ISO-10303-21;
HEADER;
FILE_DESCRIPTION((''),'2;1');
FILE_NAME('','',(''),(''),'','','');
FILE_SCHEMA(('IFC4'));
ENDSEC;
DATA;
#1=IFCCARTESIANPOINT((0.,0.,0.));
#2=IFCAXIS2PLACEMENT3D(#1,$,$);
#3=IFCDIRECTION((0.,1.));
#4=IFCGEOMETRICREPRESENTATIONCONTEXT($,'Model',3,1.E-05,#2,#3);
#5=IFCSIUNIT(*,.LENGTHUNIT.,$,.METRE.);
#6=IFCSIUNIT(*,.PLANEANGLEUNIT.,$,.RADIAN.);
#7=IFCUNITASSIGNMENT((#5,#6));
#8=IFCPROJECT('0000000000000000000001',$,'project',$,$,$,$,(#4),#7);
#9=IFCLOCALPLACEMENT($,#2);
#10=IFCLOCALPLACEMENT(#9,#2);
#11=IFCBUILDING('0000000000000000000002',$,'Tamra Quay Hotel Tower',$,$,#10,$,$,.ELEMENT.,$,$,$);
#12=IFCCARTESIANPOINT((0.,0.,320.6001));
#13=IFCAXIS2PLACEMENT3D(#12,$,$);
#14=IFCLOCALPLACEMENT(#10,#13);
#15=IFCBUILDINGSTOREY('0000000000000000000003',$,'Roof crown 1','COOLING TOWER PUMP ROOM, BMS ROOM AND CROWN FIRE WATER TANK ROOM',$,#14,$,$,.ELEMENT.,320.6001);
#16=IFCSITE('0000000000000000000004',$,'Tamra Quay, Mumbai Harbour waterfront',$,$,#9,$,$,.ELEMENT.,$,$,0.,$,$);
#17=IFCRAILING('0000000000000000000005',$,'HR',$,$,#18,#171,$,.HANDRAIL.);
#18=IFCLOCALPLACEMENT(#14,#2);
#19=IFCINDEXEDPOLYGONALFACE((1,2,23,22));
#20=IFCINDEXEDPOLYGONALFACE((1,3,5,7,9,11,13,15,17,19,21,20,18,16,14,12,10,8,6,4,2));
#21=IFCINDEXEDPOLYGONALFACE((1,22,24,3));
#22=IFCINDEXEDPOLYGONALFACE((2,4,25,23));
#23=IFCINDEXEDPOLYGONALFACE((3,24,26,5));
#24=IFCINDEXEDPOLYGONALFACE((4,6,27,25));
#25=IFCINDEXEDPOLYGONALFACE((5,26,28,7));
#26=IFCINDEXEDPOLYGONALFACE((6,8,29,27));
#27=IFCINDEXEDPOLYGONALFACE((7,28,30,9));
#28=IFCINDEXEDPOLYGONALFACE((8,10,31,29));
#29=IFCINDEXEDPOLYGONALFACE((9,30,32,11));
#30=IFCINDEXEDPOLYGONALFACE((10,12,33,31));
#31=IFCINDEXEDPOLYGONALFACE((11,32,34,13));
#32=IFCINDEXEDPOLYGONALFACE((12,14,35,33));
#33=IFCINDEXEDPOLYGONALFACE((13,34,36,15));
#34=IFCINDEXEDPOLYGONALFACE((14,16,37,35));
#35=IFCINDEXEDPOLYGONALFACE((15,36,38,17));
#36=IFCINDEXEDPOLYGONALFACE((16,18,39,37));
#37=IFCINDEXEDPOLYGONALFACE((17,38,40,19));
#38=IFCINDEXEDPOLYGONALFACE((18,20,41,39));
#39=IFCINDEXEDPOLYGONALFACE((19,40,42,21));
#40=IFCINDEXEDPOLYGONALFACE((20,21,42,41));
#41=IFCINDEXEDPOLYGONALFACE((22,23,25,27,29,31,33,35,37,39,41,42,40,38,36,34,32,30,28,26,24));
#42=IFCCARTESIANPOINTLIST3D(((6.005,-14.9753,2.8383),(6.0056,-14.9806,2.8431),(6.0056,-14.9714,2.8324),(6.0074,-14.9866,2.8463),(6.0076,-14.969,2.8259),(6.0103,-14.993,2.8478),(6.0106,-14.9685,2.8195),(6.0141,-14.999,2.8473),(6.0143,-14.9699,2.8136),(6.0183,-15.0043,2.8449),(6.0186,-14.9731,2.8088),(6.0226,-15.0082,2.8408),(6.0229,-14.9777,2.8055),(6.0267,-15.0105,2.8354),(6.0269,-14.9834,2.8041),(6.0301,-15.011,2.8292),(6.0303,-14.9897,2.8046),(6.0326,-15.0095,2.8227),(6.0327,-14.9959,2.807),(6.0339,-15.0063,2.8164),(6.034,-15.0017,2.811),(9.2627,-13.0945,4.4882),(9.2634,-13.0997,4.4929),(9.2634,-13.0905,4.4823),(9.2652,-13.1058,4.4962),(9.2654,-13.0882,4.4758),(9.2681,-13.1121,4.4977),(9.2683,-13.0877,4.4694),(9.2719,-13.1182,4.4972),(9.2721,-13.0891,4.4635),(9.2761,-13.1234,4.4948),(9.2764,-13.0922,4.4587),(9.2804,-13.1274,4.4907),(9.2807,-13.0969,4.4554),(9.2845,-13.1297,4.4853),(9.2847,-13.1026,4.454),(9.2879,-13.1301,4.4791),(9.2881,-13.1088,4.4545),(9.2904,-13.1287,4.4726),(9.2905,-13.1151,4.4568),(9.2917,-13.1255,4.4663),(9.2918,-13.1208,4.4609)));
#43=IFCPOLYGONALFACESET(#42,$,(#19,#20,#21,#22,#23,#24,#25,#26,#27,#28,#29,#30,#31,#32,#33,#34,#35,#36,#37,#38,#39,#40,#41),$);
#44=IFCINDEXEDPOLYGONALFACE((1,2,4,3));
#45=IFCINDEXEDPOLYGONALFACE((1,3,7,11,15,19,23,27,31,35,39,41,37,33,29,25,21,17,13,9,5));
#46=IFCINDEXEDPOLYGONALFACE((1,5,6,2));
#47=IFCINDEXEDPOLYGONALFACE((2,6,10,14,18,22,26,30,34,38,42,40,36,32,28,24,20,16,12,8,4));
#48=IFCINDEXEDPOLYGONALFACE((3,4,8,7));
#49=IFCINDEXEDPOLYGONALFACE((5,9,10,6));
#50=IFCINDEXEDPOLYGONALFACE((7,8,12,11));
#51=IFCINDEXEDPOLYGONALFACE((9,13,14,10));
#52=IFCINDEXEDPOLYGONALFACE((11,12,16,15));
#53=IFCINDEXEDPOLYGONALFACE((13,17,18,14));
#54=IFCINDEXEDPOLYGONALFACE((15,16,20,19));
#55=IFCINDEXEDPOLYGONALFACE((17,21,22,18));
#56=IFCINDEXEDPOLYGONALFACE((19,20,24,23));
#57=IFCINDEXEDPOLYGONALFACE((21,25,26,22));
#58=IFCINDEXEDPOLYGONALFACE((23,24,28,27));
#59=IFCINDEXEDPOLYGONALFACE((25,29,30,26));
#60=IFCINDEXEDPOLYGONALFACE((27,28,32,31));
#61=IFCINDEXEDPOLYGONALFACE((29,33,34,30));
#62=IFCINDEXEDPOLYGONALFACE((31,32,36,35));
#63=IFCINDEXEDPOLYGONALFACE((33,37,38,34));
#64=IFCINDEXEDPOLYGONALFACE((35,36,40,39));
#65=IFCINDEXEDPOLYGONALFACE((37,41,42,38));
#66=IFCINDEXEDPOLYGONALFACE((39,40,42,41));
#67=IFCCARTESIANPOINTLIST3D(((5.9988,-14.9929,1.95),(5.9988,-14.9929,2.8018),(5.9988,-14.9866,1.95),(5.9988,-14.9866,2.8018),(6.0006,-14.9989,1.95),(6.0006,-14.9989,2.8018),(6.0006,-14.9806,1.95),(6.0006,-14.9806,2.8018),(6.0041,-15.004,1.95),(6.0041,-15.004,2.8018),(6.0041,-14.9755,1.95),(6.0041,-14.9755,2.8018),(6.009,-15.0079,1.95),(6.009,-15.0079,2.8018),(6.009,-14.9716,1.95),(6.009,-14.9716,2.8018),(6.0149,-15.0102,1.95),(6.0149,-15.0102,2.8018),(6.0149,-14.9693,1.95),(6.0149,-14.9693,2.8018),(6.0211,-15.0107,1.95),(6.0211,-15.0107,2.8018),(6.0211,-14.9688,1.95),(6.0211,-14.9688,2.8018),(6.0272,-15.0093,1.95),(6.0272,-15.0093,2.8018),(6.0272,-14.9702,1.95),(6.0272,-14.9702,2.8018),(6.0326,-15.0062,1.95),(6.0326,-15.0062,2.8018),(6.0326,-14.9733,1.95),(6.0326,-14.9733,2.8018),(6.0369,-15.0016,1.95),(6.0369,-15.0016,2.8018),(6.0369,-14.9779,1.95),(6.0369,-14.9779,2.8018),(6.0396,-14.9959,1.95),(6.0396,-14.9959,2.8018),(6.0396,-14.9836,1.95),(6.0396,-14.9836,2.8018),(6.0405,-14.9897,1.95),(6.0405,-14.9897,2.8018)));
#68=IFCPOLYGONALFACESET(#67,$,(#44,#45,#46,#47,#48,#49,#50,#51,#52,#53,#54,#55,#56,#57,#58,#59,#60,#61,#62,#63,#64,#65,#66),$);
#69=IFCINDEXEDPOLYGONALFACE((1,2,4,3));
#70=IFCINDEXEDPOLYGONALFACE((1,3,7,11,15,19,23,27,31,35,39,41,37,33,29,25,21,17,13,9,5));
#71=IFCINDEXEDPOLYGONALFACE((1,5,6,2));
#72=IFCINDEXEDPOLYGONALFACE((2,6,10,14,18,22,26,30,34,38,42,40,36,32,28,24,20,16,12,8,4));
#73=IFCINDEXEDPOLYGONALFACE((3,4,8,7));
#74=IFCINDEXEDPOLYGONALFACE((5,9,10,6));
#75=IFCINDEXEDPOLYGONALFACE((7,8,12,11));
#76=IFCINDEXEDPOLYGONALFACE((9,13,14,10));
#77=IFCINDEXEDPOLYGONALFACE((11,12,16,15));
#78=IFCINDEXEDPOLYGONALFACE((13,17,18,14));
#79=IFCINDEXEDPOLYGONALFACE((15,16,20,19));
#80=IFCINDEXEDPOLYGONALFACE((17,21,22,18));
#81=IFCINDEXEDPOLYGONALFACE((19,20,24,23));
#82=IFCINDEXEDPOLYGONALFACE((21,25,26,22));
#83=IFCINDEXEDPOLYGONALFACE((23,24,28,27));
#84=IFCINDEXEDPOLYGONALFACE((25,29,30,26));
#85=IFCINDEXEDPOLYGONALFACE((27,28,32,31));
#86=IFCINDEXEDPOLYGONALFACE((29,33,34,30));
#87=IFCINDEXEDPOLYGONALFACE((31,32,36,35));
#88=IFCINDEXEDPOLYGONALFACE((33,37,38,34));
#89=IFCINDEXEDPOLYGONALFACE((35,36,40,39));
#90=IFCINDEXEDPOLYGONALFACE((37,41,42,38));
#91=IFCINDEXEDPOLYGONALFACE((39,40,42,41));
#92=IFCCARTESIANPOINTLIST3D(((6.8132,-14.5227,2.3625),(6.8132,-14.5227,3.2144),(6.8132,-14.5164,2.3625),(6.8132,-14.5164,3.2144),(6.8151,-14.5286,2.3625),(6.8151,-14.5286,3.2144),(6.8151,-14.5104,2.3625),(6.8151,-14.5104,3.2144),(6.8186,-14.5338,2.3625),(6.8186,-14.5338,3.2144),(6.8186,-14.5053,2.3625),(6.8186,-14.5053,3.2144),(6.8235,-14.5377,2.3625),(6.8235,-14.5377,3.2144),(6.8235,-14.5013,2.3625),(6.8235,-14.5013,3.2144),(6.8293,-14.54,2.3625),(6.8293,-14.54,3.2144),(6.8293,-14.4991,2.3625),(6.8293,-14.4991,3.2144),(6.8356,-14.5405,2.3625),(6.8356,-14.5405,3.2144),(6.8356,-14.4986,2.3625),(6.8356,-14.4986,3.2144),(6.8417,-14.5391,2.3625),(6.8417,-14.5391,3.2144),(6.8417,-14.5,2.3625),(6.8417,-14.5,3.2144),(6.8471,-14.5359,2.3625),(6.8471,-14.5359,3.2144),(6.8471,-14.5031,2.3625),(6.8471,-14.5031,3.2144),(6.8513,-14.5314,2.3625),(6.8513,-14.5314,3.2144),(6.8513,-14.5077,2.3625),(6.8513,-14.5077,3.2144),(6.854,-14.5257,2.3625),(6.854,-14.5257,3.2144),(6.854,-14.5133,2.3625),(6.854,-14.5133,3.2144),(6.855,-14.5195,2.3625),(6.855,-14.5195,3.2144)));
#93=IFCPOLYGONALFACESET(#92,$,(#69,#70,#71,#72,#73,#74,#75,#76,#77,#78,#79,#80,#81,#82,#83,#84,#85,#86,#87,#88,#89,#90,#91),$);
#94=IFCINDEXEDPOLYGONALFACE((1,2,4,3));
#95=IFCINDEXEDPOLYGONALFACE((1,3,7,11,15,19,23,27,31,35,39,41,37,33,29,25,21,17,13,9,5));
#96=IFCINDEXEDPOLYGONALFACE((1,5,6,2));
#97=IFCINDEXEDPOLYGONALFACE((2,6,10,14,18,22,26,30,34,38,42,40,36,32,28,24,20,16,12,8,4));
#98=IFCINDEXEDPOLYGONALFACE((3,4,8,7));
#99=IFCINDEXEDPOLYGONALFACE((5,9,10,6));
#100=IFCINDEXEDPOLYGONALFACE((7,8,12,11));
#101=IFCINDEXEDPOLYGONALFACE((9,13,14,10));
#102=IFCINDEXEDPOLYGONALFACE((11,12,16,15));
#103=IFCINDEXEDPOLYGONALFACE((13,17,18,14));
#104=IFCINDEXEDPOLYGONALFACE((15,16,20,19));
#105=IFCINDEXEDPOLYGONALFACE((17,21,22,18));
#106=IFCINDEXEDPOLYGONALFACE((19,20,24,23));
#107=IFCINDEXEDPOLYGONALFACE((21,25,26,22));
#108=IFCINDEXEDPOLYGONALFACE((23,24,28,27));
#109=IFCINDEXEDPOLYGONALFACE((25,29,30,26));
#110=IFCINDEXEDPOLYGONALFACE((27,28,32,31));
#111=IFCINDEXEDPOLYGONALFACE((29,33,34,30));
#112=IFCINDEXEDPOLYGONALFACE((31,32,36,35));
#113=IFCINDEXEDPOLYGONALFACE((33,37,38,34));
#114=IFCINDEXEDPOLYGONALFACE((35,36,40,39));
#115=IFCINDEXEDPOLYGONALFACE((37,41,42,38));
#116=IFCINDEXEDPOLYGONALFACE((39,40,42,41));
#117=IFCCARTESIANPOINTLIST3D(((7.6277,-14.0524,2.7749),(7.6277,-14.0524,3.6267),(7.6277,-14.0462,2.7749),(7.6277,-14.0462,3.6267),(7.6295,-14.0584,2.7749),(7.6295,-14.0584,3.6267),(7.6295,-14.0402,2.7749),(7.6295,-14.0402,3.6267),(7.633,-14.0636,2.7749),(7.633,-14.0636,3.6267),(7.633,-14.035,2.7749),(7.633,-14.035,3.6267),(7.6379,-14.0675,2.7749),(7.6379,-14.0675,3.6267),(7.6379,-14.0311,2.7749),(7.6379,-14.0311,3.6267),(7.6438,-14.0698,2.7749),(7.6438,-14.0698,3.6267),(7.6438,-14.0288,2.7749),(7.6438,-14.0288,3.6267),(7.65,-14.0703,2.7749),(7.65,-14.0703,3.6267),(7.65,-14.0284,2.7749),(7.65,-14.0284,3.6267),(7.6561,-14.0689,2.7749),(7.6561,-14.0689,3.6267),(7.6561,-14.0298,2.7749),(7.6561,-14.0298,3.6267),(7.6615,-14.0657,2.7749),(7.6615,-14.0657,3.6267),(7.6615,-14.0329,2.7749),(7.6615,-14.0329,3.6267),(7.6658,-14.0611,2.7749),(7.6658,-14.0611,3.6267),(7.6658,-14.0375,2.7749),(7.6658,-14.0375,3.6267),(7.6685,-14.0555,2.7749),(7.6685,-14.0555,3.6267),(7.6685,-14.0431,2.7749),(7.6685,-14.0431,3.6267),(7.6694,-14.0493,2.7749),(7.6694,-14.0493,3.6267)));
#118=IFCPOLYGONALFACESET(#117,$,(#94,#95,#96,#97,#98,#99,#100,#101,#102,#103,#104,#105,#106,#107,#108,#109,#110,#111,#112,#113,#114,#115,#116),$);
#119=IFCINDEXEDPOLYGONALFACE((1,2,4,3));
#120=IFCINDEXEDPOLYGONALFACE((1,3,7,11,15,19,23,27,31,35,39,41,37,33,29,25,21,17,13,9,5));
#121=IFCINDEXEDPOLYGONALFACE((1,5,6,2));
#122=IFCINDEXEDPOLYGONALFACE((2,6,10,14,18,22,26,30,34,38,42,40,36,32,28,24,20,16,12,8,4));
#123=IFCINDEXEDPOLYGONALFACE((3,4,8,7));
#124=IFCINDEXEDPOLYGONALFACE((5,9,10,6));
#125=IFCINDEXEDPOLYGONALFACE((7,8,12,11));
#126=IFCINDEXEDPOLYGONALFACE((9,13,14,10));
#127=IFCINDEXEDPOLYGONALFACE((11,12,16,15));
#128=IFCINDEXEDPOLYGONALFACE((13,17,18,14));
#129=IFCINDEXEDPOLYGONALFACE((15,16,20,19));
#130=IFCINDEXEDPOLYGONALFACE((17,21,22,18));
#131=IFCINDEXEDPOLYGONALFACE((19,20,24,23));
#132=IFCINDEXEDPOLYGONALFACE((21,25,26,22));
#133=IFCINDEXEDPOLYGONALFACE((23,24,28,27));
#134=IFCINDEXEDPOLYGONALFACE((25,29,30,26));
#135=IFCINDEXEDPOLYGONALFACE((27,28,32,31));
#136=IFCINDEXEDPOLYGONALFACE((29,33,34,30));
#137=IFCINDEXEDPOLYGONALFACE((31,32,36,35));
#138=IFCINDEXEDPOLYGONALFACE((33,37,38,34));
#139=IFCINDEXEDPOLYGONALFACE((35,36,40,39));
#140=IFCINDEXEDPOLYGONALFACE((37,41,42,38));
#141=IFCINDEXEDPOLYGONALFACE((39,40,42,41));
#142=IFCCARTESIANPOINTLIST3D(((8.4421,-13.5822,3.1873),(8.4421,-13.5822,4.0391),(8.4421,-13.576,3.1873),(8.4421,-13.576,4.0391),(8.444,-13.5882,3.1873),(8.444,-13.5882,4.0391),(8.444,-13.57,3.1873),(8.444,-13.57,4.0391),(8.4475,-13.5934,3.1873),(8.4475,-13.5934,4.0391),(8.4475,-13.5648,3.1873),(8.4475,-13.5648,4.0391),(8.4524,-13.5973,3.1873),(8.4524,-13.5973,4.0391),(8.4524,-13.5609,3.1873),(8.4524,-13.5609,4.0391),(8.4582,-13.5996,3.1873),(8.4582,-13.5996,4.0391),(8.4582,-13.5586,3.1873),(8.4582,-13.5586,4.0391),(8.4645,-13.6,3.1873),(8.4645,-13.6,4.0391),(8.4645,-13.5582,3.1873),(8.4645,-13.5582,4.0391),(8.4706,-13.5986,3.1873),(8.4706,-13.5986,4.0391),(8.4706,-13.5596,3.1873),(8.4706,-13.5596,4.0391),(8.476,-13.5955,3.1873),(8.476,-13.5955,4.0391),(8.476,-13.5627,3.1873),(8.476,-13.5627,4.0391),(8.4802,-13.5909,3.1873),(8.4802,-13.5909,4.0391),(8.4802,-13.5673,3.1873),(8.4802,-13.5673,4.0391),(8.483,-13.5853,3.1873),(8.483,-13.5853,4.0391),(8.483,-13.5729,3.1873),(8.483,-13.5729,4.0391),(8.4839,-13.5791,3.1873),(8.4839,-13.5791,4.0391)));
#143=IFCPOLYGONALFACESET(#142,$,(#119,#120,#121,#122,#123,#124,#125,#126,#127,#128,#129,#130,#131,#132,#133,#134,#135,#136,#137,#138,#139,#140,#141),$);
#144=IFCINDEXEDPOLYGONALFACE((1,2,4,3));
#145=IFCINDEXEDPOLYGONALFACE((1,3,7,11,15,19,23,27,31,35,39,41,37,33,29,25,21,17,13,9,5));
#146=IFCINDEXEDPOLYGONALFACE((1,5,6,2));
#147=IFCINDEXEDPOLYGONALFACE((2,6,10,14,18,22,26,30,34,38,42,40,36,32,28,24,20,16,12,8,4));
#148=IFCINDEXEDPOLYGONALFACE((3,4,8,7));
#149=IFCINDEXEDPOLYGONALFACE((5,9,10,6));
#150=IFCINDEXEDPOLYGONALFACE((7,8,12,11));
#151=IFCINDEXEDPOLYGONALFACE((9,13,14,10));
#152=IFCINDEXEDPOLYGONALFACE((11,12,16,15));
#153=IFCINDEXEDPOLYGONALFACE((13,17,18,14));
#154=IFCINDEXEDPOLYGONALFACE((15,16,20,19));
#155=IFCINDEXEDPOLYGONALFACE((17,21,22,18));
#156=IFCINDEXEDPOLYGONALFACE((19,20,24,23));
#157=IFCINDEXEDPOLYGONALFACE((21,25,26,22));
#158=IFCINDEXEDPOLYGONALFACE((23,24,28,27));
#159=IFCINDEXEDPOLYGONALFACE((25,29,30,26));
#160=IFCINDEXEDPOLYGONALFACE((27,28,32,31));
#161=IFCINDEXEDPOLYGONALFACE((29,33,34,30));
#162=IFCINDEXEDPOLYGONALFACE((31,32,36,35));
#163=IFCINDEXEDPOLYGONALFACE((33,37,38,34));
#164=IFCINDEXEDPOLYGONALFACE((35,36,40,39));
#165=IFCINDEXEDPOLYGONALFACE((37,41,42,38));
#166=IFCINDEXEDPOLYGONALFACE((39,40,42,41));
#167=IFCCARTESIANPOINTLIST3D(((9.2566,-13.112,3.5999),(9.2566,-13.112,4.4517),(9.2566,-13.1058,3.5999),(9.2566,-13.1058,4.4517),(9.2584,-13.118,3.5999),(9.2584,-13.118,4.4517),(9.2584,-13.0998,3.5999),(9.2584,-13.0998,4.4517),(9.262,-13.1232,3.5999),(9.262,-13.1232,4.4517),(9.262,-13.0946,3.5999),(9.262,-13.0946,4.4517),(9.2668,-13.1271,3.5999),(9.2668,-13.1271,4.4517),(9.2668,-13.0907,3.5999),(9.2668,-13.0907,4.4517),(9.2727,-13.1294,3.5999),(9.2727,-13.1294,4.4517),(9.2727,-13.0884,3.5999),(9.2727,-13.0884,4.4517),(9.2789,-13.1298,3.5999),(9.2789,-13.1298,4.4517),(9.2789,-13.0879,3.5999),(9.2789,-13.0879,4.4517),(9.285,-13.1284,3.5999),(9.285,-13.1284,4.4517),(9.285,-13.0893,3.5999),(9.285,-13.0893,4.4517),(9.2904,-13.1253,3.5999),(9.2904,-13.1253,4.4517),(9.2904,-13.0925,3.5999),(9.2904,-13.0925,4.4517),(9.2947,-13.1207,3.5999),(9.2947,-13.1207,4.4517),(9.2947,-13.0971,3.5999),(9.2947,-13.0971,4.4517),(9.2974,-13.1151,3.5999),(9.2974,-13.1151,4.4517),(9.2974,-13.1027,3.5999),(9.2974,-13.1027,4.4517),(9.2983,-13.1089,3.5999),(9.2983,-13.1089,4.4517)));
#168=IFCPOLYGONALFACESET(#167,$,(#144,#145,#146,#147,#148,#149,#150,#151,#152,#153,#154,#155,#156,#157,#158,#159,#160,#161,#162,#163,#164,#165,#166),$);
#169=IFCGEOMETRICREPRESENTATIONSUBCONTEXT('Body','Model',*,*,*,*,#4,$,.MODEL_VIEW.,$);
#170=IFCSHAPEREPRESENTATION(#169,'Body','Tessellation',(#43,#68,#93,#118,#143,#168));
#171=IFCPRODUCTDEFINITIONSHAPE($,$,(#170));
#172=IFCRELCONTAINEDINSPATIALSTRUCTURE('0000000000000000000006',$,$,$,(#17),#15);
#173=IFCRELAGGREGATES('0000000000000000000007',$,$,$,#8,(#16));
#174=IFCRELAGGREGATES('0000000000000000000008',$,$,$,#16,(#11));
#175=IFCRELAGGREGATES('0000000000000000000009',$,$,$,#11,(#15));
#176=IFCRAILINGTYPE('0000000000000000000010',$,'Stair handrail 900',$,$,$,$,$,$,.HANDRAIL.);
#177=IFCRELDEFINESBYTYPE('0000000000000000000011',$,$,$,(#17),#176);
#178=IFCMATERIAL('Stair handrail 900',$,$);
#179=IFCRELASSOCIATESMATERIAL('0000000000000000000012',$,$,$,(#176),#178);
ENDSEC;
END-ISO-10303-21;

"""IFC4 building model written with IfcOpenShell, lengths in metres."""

from ifc_helpers import new_model, si_unit, direction, frame, origin, origin_2d, place, context, subcontext, project, spatial, circle, extrude, material, type_object, element, save


model = new_model("IFC4")

# Units and contexts
model_context = context("Model", 3, precision=1e-05, world=origin(), true_north=direction((0.0, 1.0)))
body_context = subcontext(model_context, "Body", "Model", "MODEL_VIEW")
ifc_project = project(units=[si_unit("LENGTHUNIT", "METRE"), si_unit("PLANEANGLEUNIT", "RADIAN")], contexts=[model_context])

# Site, building, storey
site_placement = place(None, origin())
site = spatial("IfcSite", under=ifc_project, at=site_placement, Name="Tamra Quay, Mumbai Harbour waterfront", CompositionType="ELEMENT", RefElevation=0.0)
building_placement = place(site_placement, origin())
building = spatial("IfcBuilding", under=site, at=building_placement, Name="Tamra Quay Hotel Tower", CompositionType="ELEMENT")
storey_placement = place(building_placement, frame((0.0, 0.0, 320.6001)))
storey = spatial("IfcBuildingStorey", under=building, at=storey_placement, Name="Roof crown 1", Description="COOLING TOWER PUMP ROOM, BMS ROOM AND CROWN FIRE WATER TANK ROOM", CompositionType="ELEMENT", Elevation=320.6001)

# Railing
ifc_material_1 = material(Name="Stair handrail 900")
railing_type = type_object("IfcRailingType", Name="Stair handrail 900", PredefinedType="HANDRAIL", material=ifc_material_1)
railing_placement = place(storey_placement, frame((6.0195, -14.9897, 1.95)))
element("IfcRailing", 1, at=railing_placement, inside=storey, type_object=railing_type, Name="HR", PredefinedType="HANDRAIL", context=body_context, shape_type="SweptSolid", body=[
    extrude(circle(Radius=0.0239, at=origin_2d()), frame((0.0, 0.0, 0.876), z_axis=(0.7931, 0.457887, 0.401661), x_axis=(-0.499992, 0.86603, 0.0)), (0.0, 0.0, 1.0), 4.1077),
    extrude(circle(Radius=0.021, at=origin_2d()), origin(), (0.0, 0.0, 1.0), 0.8518),
    extrude(circle(Radius=0.021, at=origin_2d()), frame((0.8145, 0.4702, 0.4126)), (0.0, 0.0, 1.0), 0.8518),
    extrude(circle(Radius=0.021, at=origin_2d()), frame((1.6289, 0.9404, 0.825)), (0.0, 0.0, 1.0), 0.8518),
    extrude(circle(Radius=0.021, at=origin_2d()), frame((2.4434, 1.4106, 1.2373)), (0.0, 0.0, 1.0), 0.8518),
    extrude(circle(Radius=0.021, at=origin_2d()), frame((3.2578, 1.8809, 1.6499)), (0.0, 0.0, 1.0), 0.8518),
])

save(model, "model.ifc")
